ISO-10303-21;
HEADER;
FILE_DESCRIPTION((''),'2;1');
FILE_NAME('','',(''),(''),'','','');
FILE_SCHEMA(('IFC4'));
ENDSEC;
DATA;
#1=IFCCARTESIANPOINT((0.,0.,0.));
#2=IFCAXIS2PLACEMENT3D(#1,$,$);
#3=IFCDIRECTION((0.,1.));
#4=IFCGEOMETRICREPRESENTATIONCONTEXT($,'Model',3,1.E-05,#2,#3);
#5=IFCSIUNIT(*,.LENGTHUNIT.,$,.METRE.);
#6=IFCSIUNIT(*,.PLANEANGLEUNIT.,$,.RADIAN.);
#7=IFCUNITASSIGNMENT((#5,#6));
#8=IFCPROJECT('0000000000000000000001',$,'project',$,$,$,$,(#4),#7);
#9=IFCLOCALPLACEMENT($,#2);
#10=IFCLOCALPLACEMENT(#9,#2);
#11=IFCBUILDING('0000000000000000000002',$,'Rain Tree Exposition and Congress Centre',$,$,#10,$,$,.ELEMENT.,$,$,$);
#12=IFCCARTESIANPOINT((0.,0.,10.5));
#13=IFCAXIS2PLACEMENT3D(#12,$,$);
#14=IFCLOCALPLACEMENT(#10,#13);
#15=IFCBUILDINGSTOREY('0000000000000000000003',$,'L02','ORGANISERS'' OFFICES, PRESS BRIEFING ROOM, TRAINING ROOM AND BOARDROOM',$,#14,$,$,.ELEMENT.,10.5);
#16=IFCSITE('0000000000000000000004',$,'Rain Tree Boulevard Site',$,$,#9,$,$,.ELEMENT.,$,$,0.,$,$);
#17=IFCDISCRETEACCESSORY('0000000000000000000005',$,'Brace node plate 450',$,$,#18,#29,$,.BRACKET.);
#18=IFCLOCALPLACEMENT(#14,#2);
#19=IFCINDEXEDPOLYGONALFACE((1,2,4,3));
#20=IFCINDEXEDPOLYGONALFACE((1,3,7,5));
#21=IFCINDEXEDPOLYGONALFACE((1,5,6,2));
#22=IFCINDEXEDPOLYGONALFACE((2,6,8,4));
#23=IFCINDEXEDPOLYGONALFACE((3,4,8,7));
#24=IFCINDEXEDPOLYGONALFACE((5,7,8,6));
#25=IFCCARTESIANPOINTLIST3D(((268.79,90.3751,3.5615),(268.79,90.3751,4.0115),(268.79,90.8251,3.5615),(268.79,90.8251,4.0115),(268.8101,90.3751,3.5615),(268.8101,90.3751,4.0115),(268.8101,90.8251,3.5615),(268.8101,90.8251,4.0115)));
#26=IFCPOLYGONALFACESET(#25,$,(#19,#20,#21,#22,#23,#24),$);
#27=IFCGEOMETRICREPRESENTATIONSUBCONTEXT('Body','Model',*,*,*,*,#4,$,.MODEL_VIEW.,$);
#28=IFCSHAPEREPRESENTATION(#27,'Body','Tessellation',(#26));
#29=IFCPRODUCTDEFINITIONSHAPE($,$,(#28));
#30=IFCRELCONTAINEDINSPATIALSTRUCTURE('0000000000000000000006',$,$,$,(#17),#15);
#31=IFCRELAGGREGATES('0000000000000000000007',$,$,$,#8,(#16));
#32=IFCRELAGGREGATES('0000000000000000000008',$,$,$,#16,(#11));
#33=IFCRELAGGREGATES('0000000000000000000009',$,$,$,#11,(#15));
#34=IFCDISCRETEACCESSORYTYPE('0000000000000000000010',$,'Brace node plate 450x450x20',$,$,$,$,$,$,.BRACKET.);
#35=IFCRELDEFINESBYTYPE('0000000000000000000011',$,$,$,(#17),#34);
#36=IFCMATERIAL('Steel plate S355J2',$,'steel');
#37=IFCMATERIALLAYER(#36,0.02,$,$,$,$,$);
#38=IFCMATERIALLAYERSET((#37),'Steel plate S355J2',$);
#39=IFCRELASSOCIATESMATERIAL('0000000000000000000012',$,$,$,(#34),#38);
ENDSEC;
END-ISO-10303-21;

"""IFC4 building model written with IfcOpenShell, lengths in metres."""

from ifc_helpers import new_model, si_unit, direction, frame, origin, origin_2d, place, context, subcontext, project, spatial, rectangle, extrude, material, layer, layer_set, type_object, element, save


model = new_model("IFC4")

# Units and contexts
model_context = context("Model", 3, precision=1e-05, world=origin(), true_north=direction((0.0, 1.0)))
body_context = subcontext(model_context, "Body", "Model", "MODEL_VIEW")
ifc_project = project(units=[si_unit("LENGTHUNIT", "METRE"), si_unit("PLANEANGLEUNIT", "RADIAN")], contexts=[model_context])

# Site, building, storey
site_placement = place(None, origin())
site = spatial("IfcSite", under=ifc_project, at=site_placement, Name="Rain Tree Boulevard Site", CompositionType="ELEMENT", RefElevation=0.0)
building_placement = place(site_placement, origin())
building = spatial("IfcBuilding", under=site, at=building_placement, Name="Rain Tree Exposition and Congress Centre", CompositionType="ELEMENT")
storey_placement = place(building_placement, frame((0.0, 0.0, 10.5)))
storey = spatial("IfcBuildingStorey", under=building, at=storey_placement, Name="L02", Description="ORGANISERS' OFFICES, PRESS BRIEFING ROOM, TRAINING ROOM AND BOARDROOM", CompositionType="ELEMENT", Elevation=10.5)

# Discrete accessory
ifc_material_1 = material(Name="Steel plate S355J2", Category="steel")
ifc_layer = layer(ifc_material_1, 0.02)
ifc_layer_set = layer_set([ifc_layer], Name="Steel plate S355J2")
discrete_accessory_type = type_object("IfcDiscreteAccessoryType", Name="Brace node plate 450x450x20", PredefinedType="BRACKET", material=ifc_layer_set)
for number, where, z_axis, x_axis, name in (
    (1, (268.8, 90.6001, 3.5615), (0.0, 0.0, 1.0), (0.0, 1.0, 0.0), "Brace node plate 450"),
):
    element("IfcDiscreteAccessory", number, at=place(storey_placement, frame(where, z_axis=z_axis, x_axis=x_axis)), inside=storey, type_object=discrete_accessory_type, Name=name, PredefinedType="BRACKET", context=body_context, shape_type="SweptSolid", body=[
        extrude(rectangle(XDim=0.45, YDim=0.02, at=origin_2d()), origin(), (0.0, 0.0, 1.0), 0.45),
    ])

save(model, "model.ifc")
